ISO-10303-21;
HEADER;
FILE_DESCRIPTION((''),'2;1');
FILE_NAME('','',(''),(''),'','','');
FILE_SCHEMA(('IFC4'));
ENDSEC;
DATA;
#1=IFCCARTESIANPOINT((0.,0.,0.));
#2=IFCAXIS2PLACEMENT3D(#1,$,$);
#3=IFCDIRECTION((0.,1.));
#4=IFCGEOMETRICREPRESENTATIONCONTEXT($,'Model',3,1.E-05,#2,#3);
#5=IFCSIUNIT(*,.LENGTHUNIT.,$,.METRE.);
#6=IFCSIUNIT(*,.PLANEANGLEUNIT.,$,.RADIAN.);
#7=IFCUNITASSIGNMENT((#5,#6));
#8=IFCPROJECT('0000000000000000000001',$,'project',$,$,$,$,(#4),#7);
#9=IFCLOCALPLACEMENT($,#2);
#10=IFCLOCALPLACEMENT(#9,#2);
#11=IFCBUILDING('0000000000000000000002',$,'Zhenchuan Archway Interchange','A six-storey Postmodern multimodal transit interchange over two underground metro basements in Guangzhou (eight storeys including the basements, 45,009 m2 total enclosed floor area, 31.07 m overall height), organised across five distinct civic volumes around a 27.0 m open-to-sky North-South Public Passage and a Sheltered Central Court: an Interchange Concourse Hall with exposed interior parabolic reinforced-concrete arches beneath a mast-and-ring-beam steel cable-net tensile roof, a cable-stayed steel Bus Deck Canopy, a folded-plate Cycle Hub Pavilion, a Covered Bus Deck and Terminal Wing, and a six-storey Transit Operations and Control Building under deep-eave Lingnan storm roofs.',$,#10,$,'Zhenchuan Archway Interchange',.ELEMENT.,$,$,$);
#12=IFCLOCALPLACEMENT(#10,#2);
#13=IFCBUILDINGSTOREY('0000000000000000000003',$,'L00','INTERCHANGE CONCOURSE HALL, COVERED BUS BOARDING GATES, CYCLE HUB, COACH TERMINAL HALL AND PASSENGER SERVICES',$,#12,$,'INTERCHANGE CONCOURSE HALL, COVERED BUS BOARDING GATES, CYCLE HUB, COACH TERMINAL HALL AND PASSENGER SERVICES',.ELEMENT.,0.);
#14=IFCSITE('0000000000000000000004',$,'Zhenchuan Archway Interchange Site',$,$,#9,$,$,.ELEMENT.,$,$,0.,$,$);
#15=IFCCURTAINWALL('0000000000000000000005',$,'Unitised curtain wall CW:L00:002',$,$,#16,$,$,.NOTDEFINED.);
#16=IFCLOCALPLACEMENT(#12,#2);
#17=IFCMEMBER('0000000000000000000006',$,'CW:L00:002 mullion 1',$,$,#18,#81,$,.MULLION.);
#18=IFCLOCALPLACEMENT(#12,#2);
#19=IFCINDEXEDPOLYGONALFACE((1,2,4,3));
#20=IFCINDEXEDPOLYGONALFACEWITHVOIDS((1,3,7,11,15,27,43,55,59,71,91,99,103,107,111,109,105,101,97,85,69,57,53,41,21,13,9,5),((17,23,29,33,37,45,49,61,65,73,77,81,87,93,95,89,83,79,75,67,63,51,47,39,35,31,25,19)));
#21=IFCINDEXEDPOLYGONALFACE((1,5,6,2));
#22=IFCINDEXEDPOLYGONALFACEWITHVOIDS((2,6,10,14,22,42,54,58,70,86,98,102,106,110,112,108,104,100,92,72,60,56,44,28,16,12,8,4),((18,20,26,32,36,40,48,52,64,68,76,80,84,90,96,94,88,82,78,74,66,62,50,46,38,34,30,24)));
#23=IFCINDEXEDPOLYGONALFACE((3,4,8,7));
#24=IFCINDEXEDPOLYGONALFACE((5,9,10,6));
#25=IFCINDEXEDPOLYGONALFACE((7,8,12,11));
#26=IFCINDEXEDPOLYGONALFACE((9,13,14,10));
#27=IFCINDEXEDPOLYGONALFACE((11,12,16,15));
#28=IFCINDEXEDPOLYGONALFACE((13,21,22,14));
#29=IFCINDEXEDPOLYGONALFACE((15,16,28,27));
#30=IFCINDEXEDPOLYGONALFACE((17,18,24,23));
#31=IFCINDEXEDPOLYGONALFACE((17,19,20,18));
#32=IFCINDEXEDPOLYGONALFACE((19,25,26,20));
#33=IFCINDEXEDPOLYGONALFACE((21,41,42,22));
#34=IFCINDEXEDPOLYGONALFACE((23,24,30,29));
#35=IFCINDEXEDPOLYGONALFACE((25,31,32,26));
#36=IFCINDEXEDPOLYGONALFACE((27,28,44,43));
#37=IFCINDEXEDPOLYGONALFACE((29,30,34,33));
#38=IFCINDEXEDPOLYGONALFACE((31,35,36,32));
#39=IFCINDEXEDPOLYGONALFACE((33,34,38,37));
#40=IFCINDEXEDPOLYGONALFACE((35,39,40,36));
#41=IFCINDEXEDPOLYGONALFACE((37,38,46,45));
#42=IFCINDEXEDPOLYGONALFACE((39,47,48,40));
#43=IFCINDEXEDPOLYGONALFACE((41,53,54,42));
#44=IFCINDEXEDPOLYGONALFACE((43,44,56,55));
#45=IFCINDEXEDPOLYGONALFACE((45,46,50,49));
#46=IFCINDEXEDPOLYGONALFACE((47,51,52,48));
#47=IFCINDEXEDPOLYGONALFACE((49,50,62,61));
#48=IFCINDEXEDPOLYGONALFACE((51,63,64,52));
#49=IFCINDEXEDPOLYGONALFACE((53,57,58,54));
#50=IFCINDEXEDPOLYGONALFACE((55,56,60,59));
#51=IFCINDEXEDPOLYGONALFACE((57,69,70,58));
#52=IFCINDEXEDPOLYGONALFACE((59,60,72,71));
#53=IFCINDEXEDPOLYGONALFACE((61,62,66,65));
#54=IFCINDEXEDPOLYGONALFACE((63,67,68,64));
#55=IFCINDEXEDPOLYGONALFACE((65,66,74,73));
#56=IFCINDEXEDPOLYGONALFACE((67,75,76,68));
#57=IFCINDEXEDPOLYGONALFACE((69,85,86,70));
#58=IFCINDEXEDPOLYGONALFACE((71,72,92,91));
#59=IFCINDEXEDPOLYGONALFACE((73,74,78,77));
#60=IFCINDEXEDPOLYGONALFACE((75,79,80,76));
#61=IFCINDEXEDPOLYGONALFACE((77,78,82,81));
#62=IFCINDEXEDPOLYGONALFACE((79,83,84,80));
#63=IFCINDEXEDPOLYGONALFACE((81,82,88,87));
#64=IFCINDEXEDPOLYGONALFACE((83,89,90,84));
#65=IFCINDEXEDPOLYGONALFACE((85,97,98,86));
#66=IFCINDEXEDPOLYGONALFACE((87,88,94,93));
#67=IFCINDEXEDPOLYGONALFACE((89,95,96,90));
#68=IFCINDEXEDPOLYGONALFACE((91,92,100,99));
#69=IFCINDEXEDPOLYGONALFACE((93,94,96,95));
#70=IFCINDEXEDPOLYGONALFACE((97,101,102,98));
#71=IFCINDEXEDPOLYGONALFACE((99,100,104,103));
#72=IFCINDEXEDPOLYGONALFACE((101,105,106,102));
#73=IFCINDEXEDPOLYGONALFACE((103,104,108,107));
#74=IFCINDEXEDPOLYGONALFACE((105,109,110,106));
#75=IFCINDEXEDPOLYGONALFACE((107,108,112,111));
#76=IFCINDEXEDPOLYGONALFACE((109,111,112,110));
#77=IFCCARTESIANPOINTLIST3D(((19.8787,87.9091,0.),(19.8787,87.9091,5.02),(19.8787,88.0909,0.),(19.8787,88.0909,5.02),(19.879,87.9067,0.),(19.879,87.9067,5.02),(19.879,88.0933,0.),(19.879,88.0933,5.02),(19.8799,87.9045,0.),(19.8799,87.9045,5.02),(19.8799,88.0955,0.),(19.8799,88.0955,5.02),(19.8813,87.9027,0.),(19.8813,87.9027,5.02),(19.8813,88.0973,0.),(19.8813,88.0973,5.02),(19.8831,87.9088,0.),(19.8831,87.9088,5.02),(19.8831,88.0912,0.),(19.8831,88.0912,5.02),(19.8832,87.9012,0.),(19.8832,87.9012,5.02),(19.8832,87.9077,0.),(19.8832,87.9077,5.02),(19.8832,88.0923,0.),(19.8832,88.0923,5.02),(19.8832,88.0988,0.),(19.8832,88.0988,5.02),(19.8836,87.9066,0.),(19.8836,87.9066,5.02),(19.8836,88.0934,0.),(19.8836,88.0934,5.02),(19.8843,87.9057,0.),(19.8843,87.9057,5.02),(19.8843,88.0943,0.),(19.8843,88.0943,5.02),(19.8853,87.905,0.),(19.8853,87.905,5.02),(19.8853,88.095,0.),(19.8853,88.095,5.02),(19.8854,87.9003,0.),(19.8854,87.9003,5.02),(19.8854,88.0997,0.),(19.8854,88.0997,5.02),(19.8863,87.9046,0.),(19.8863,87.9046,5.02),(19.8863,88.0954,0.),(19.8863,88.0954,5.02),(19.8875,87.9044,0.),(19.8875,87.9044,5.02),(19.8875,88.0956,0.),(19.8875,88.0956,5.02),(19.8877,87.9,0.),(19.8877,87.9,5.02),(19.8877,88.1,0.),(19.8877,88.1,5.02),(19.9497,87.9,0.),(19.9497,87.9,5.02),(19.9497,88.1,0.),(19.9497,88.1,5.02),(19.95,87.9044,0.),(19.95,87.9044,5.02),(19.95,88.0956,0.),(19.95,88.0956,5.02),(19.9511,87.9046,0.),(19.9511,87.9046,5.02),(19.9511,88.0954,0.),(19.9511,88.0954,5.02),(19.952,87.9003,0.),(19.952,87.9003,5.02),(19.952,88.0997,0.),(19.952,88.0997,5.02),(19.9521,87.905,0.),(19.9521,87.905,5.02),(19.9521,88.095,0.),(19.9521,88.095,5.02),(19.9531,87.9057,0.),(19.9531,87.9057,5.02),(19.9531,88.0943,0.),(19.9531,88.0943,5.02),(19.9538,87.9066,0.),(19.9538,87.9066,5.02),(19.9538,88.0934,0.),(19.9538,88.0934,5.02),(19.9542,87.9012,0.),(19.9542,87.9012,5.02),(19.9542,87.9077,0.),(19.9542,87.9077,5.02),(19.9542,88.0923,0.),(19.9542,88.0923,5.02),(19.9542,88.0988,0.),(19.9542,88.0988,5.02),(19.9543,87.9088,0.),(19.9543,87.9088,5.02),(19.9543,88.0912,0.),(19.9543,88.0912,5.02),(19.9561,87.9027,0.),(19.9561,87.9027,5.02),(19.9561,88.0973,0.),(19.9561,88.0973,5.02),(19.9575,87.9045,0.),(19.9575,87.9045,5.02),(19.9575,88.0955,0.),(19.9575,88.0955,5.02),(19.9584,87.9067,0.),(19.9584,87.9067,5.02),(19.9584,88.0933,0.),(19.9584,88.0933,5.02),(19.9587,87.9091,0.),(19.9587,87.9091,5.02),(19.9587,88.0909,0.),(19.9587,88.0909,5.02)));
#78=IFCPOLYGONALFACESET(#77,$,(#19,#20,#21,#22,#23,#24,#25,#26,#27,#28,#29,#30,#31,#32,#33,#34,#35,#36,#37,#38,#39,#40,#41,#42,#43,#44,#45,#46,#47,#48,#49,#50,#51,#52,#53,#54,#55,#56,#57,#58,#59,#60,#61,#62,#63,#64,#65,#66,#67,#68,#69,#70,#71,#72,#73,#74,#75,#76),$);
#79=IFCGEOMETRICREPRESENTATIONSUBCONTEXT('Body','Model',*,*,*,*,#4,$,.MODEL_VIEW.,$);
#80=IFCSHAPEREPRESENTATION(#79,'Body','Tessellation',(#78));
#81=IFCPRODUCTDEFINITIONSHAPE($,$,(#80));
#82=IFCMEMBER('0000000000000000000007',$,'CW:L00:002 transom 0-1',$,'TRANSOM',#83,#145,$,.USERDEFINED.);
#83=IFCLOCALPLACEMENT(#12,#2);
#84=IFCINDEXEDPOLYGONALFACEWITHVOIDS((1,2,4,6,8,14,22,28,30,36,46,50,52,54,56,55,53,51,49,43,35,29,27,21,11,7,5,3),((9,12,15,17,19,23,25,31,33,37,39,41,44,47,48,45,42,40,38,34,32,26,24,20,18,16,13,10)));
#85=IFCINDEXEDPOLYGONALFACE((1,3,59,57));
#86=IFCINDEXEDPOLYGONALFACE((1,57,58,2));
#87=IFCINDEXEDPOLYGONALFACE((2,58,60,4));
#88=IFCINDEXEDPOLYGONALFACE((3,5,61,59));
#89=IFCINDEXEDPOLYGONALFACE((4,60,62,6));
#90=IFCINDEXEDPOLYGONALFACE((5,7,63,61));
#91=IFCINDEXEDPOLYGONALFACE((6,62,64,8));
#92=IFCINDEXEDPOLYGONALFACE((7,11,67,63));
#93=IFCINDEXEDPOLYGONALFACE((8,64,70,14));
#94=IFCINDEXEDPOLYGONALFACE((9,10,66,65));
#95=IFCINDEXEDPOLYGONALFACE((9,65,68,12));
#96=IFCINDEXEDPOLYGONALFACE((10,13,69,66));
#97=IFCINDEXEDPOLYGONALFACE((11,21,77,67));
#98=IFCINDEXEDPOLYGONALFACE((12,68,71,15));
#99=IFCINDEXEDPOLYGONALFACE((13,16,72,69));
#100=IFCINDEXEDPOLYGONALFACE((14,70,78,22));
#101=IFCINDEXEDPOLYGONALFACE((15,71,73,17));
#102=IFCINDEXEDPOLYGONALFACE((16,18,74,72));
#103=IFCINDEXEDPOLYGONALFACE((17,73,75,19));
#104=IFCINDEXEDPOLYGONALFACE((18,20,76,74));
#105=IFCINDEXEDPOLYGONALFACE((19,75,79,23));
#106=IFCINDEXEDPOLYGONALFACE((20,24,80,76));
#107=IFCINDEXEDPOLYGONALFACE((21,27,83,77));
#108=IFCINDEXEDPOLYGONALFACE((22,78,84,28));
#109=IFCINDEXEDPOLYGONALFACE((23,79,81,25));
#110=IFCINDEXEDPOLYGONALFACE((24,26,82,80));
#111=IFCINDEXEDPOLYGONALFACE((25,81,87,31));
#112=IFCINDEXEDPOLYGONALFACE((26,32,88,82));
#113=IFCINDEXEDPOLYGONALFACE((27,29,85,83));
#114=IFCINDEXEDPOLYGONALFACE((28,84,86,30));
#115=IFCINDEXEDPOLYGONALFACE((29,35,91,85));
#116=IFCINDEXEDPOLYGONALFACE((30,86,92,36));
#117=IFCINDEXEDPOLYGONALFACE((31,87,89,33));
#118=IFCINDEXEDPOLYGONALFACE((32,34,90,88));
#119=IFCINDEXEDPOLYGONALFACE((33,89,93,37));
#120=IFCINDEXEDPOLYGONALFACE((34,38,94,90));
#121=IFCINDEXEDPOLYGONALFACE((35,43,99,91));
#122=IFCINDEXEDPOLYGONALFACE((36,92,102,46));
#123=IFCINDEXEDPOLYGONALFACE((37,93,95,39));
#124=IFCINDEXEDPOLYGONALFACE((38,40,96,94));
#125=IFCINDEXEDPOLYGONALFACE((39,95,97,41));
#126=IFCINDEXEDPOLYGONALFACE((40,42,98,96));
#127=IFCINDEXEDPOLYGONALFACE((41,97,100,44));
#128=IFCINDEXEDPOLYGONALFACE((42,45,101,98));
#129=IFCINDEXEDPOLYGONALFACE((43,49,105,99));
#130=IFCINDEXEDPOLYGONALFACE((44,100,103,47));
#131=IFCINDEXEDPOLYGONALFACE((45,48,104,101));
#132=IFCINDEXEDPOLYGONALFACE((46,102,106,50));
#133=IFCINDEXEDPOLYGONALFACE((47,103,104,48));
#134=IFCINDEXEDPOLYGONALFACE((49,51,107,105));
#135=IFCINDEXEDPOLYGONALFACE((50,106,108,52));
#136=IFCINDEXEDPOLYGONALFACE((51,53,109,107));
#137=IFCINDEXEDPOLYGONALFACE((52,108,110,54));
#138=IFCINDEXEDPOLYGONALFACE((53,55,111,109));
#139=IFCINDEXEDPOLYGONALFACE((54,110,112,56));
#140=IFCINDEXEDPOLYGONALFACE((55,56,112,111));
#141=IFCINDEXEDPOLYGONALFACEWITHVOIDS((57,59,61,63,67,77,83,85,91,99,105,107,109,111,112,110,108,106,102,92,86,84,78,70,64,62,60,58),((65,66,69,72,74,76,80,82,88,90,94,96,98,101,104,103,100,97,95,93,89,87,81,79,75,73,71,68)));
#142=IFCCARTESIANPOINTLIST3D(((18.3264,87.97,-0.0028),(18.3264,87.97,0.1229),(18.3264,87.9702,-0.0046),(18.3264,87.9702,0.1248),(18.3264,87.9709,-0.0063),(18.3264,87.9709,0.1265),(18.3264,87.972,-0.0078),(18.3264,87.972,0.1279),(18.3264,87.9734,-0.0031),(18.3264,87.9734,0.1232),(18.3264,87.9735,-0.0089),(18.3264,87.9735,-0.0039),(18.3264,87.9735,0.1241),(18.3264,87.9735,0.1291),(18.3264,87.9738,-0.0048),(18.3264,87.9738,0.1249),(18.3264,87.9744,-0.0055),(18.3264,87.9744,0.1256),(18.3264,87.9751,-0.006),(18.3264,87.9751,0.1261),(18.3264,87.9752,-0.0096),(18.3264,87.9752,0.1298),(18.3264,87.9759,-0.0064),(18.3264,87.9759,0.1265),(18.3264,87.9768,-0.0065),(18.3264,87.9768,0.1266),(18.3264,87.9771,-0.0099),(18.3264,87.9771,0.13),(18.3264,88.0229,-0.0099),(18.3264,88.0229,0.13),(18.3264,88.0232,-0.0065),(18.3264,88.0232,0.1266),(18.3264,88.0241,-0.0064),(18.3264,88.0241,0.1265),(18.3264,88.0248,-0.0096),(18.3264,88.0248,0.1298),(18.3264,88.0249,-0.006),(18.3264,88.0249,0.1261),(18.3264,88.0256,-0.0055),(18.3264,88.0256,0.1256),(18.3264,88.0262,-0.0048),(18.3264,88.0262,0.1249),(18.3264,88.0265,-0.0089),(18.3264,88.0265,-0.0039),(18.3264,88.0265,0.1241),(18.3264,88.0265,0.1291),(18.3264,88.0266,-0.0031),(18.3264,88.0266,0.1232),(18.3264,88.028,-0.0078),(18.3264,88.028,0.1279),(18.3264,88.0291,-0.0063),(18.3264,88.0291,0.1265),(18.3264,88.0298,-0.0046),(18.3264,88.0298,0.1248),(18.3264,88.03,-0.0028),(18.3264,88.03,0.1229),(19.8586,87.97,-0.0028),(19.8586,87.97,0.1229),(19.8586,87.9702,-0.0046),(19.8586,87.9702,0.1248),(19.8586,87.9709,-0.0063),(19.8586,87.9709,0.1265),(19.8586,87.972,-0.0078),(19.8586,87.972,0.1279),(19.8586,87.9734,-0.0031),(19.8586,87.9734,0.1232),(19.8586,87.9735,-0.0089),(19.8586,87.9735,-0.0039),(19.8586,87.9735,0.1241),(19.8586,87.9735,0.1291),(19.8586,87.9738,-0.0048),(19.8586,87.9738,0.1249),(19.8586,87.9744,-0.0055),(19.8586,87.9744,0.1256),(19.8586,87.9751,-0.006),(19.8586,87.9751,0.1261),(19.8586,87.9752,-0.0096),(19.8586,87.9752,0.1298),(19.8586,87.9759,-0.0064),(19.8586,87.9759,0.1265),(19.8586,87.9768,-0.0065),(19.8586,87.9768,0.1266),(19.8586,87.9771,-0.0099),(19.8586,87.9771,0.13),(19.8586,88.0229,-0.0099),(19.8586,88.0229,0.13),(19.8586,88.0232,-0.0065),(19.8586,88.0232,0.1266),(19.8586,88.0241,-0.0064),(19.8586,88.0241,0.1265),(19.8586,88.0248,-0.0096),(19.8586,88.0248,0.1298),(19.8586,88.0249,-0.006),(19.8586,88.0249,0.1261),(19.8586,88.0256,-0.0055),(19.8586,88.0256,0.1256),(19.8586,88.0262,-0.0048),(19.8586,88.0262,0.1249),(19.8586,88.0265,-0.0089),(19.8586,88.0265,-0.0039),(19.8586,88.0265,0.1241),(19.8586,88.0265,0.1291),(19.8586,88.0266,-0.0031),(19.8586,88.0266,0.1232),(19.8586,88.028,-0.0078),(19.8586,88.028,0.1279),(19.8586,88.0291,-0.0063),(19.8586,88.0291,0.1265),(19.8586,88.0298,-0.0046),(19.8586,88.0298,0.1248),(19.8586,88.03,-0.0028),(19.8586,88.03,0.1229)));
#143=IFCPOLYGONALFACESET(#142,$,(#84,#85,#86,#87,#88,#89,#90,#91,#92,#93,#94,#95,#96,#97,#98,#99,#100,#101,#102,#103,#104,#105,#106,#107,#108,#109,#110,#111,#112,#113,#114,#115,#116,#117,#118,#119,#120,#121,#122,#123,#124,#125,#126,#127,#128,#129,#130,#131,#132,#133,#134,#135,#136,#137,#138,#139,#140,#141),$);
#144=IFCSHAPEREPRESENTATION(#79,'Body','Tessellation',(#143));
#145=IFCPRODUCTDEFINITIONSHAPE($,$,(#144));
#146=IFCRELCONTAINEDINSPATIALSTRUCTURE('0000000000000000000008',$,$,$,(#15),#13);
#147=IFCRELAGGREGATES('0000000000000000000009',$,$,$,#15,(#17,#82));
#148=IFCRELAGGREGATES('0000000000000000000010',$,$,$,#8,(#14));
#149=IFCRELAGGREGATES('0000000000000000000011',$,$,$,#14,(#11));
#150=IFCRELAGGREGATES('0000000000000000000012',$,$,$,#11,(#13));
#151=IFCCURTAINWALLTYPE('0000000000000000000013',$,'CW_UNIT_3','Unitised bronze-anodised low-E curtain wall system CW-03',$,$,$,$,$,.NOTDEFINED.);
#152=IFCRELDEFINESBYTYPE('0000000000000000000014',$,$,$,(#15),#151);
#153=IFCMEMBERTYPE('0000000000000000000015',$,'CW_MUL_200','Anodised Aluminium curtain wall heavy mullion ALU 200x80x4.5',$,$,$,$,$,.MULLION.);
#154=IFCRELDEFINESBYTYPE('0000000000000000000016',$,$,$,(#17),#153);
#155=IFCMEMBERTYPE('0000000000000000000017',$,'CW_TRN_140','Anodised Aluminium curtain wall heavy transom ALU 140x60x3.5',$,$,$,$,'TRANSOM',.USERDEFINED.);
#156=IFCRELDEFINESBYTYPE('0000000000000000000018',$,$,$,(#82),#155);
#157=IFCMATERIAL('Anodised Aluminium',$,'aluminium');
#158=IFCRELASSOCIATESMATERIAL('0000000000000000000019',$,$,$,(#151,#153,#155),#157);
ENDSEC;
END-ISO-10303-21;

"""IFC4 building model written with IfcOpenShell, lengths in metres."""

from ifc_helpers import new_model, si_unit, direction, frame, origin, origin_2d, place, context, subcontext, project, spatial, hollow_rectangle, extrude, material, material_profile, profile_set, type_object, element, aggregate, save


model = new_model("IFC4")

# Units and contexts
model_context = context("Model", 3, precision=1e-05, world=origin(), true_north=direction((0.0, 1.0)))
body_context = subcontext(model_context, "Body", "Model", "MODEL_VIEW")
ifc_project = project(units=[si_unit("LENGTHUNIT", "METRE"), si_unit("PLANEANGLEUNIT", "RADIAN")], contexts=[model_context])

# Site, building, storey
site_placement = place(None, origin())
site = spatial("IfcSite", under=ifc_project, at=site_placement, Name="Zhenchuan Archway Interchange Site", CompositionType="ELEMENT", RefElevation=0.0)
building_placement = place(site_placement, origin())
building = spatial("IfcBuilding", under=site, at=building_placement, Name="Zhenchuan Archway Interchange", Description="A six-storey Postmodern multimodal transit interchange over two underground metro basements in Guangzhou (eight storeys including the basements, 45,009 m2 total enclosed floor area, 31.07 m overall height), organised across five distinct civic volumes around a 27.0 m open-to-sky North-South Public Passage and a Sheltered Central Court: an Interchange Concourse Hall with exposed interior parabolic reinforced-concrete arches beneath a mast-and-ring-beam steel cable-net tensile roof, a cable-stayed steel Bus Deck Canopy, a folded-plate Cycle Hub Pavilion, a Covered Bus Deck and Terminal Wing, and a six-storey Transit Operations and Control Building under deep-eave Lingnan storm roofs.", LongName="Zhenchuan Archway Interchange", CompositionType="ELEMENT")
storey_placement = place(building_placement, origin())
storey = spatial("IfcBuildingStorey", under=building, at=storey_placement, Name="L00", Description="INTERCHANGE CONCOURSE HALL, COVERED BUS BOARDING GATES, CYCLE HUB, COACH TERMINAL HALL AND PASSENGER SERVICES", LongName="INTERCHANGE CONCOURSE HALL, COVERED BUS BOARDING GATES, CYCLE HUB, COACH TERMINAL HALL AND PASSENGER SERVICES", CompositionType="ELEMENT", Elevation=0.0)

# Curtain wall, members
ifc_material_1 = material(Name="Anodised Aluminium", Category="aluminium")
curtain_wall_type = type_object("IfcCurtainWallType", Name="CW_UNIT_3", Description="Unitised bronze-anodised low-E curtain wall system CW-03", PredefinedType="NOTDEFINED", material=ifc_material_1)
curtain_wall_placement = place(storey_placement, origin())
curtain_wall = element("IfcCurtainWall", 1, at=curtain_wall_placement, inside=storey, type_object=curtain_wall_type, Name="Unitised curtain wall CW:L00:002", PredefinedType="NOTDEFINED")
ifc_material_profile_1 = material_profile(ifc_material_1, hollow_rectangle(XDim=0.0801, YDim=0.2, WallThickness=0.0044, InnerFilletRadius=0.0044, OuterFilletRadius=0.009, at=origin_2d()), Name="ALU 200x80x4.5")
ifc_profile_set_1 = profile_set([ifc_material_profile_1], Name="Anodised Aluminium")
member_type_1 = type_object("IfcMemberType", Name="CW_MUL_200", Description="Anodised Aluminium curtain wall heavy mullion ALU 200x80x4.5", PredefinedType="MULLION", material=ifc_profile_set_1)
member_1_placement = place(storey_placement, frame((19.9187, 88.0, 0.0), z_axis=(0.0, 0.0, 1.0), x_axis=(1.0, 0.0, 0.0)))
member_1 = element("IfcMember", 2, at=member_1_placement, type_object=member_type_1, Name="CW:L00:002 mullion 1", PredefinedType="MULLION", context=body_context, shape_type="SweptSolid", body=[
    extrude(hollow_rectangle(XDim=0.0801, YDim=0.2, WallThickness=0.0044, InnerFilletRadius=0.0044, OuterFilletRadius=0.009, at=origin_2d()), origin(), (0.0, 0.0, 1.0), 5.02),
])
ifc_material_profile_2 = material_profile(ifc_material_1, hollow_rectangle(XDim=0.0601, YDim=0.1399, WallThickness=0.0034, InnerFilletRadius=0.0034, OuterFilletRadius=0.0071, at=origin_2d()), Name="ALU 140x60x3.5")
ifc_profile_set_2 = profile_set([ifc_material_profile_2], Name="Anodised Aluminium")
member_type_2 = type_object("IfcMemberType", Name="CW_TRN_140", Description="Anodised Aluminium curtain wall heavy transom ALU 140x60x3.5", ElementType="TRANSOM", PredefinedType="USERDEFINED", material=ifc_profile_set_2)
member_2_placement = place(storey_placement, frame((18.3264, 88.0, 0.0601), z_axis=(1.0, 0.0, 0.0), x_axis=(0.0, 1.0, 0.0)))
member_2 = element("IfcMember", 3, at=member_2_placement, type_object=member_type_2, Name="CW:L00:002 transom 0-1", ObjectType="TRANSOM", PredefinedType="USERDEFINED", context=body_context, shape_type="SweptSolid", body=[
    extrude(hollow_rectangle(XDim=0.0601, YDim=0.1399, WallThickness=0.0034, InnerFilletRadius=0.0034, OuterFilletRadius=0.0071, at=origin_2d()), origin(), (0.0, 0.0, 1.0), 1.5322),
])

aggregate(curtain_wall, [member_1, member_2])

save(model, "model.ifc")
